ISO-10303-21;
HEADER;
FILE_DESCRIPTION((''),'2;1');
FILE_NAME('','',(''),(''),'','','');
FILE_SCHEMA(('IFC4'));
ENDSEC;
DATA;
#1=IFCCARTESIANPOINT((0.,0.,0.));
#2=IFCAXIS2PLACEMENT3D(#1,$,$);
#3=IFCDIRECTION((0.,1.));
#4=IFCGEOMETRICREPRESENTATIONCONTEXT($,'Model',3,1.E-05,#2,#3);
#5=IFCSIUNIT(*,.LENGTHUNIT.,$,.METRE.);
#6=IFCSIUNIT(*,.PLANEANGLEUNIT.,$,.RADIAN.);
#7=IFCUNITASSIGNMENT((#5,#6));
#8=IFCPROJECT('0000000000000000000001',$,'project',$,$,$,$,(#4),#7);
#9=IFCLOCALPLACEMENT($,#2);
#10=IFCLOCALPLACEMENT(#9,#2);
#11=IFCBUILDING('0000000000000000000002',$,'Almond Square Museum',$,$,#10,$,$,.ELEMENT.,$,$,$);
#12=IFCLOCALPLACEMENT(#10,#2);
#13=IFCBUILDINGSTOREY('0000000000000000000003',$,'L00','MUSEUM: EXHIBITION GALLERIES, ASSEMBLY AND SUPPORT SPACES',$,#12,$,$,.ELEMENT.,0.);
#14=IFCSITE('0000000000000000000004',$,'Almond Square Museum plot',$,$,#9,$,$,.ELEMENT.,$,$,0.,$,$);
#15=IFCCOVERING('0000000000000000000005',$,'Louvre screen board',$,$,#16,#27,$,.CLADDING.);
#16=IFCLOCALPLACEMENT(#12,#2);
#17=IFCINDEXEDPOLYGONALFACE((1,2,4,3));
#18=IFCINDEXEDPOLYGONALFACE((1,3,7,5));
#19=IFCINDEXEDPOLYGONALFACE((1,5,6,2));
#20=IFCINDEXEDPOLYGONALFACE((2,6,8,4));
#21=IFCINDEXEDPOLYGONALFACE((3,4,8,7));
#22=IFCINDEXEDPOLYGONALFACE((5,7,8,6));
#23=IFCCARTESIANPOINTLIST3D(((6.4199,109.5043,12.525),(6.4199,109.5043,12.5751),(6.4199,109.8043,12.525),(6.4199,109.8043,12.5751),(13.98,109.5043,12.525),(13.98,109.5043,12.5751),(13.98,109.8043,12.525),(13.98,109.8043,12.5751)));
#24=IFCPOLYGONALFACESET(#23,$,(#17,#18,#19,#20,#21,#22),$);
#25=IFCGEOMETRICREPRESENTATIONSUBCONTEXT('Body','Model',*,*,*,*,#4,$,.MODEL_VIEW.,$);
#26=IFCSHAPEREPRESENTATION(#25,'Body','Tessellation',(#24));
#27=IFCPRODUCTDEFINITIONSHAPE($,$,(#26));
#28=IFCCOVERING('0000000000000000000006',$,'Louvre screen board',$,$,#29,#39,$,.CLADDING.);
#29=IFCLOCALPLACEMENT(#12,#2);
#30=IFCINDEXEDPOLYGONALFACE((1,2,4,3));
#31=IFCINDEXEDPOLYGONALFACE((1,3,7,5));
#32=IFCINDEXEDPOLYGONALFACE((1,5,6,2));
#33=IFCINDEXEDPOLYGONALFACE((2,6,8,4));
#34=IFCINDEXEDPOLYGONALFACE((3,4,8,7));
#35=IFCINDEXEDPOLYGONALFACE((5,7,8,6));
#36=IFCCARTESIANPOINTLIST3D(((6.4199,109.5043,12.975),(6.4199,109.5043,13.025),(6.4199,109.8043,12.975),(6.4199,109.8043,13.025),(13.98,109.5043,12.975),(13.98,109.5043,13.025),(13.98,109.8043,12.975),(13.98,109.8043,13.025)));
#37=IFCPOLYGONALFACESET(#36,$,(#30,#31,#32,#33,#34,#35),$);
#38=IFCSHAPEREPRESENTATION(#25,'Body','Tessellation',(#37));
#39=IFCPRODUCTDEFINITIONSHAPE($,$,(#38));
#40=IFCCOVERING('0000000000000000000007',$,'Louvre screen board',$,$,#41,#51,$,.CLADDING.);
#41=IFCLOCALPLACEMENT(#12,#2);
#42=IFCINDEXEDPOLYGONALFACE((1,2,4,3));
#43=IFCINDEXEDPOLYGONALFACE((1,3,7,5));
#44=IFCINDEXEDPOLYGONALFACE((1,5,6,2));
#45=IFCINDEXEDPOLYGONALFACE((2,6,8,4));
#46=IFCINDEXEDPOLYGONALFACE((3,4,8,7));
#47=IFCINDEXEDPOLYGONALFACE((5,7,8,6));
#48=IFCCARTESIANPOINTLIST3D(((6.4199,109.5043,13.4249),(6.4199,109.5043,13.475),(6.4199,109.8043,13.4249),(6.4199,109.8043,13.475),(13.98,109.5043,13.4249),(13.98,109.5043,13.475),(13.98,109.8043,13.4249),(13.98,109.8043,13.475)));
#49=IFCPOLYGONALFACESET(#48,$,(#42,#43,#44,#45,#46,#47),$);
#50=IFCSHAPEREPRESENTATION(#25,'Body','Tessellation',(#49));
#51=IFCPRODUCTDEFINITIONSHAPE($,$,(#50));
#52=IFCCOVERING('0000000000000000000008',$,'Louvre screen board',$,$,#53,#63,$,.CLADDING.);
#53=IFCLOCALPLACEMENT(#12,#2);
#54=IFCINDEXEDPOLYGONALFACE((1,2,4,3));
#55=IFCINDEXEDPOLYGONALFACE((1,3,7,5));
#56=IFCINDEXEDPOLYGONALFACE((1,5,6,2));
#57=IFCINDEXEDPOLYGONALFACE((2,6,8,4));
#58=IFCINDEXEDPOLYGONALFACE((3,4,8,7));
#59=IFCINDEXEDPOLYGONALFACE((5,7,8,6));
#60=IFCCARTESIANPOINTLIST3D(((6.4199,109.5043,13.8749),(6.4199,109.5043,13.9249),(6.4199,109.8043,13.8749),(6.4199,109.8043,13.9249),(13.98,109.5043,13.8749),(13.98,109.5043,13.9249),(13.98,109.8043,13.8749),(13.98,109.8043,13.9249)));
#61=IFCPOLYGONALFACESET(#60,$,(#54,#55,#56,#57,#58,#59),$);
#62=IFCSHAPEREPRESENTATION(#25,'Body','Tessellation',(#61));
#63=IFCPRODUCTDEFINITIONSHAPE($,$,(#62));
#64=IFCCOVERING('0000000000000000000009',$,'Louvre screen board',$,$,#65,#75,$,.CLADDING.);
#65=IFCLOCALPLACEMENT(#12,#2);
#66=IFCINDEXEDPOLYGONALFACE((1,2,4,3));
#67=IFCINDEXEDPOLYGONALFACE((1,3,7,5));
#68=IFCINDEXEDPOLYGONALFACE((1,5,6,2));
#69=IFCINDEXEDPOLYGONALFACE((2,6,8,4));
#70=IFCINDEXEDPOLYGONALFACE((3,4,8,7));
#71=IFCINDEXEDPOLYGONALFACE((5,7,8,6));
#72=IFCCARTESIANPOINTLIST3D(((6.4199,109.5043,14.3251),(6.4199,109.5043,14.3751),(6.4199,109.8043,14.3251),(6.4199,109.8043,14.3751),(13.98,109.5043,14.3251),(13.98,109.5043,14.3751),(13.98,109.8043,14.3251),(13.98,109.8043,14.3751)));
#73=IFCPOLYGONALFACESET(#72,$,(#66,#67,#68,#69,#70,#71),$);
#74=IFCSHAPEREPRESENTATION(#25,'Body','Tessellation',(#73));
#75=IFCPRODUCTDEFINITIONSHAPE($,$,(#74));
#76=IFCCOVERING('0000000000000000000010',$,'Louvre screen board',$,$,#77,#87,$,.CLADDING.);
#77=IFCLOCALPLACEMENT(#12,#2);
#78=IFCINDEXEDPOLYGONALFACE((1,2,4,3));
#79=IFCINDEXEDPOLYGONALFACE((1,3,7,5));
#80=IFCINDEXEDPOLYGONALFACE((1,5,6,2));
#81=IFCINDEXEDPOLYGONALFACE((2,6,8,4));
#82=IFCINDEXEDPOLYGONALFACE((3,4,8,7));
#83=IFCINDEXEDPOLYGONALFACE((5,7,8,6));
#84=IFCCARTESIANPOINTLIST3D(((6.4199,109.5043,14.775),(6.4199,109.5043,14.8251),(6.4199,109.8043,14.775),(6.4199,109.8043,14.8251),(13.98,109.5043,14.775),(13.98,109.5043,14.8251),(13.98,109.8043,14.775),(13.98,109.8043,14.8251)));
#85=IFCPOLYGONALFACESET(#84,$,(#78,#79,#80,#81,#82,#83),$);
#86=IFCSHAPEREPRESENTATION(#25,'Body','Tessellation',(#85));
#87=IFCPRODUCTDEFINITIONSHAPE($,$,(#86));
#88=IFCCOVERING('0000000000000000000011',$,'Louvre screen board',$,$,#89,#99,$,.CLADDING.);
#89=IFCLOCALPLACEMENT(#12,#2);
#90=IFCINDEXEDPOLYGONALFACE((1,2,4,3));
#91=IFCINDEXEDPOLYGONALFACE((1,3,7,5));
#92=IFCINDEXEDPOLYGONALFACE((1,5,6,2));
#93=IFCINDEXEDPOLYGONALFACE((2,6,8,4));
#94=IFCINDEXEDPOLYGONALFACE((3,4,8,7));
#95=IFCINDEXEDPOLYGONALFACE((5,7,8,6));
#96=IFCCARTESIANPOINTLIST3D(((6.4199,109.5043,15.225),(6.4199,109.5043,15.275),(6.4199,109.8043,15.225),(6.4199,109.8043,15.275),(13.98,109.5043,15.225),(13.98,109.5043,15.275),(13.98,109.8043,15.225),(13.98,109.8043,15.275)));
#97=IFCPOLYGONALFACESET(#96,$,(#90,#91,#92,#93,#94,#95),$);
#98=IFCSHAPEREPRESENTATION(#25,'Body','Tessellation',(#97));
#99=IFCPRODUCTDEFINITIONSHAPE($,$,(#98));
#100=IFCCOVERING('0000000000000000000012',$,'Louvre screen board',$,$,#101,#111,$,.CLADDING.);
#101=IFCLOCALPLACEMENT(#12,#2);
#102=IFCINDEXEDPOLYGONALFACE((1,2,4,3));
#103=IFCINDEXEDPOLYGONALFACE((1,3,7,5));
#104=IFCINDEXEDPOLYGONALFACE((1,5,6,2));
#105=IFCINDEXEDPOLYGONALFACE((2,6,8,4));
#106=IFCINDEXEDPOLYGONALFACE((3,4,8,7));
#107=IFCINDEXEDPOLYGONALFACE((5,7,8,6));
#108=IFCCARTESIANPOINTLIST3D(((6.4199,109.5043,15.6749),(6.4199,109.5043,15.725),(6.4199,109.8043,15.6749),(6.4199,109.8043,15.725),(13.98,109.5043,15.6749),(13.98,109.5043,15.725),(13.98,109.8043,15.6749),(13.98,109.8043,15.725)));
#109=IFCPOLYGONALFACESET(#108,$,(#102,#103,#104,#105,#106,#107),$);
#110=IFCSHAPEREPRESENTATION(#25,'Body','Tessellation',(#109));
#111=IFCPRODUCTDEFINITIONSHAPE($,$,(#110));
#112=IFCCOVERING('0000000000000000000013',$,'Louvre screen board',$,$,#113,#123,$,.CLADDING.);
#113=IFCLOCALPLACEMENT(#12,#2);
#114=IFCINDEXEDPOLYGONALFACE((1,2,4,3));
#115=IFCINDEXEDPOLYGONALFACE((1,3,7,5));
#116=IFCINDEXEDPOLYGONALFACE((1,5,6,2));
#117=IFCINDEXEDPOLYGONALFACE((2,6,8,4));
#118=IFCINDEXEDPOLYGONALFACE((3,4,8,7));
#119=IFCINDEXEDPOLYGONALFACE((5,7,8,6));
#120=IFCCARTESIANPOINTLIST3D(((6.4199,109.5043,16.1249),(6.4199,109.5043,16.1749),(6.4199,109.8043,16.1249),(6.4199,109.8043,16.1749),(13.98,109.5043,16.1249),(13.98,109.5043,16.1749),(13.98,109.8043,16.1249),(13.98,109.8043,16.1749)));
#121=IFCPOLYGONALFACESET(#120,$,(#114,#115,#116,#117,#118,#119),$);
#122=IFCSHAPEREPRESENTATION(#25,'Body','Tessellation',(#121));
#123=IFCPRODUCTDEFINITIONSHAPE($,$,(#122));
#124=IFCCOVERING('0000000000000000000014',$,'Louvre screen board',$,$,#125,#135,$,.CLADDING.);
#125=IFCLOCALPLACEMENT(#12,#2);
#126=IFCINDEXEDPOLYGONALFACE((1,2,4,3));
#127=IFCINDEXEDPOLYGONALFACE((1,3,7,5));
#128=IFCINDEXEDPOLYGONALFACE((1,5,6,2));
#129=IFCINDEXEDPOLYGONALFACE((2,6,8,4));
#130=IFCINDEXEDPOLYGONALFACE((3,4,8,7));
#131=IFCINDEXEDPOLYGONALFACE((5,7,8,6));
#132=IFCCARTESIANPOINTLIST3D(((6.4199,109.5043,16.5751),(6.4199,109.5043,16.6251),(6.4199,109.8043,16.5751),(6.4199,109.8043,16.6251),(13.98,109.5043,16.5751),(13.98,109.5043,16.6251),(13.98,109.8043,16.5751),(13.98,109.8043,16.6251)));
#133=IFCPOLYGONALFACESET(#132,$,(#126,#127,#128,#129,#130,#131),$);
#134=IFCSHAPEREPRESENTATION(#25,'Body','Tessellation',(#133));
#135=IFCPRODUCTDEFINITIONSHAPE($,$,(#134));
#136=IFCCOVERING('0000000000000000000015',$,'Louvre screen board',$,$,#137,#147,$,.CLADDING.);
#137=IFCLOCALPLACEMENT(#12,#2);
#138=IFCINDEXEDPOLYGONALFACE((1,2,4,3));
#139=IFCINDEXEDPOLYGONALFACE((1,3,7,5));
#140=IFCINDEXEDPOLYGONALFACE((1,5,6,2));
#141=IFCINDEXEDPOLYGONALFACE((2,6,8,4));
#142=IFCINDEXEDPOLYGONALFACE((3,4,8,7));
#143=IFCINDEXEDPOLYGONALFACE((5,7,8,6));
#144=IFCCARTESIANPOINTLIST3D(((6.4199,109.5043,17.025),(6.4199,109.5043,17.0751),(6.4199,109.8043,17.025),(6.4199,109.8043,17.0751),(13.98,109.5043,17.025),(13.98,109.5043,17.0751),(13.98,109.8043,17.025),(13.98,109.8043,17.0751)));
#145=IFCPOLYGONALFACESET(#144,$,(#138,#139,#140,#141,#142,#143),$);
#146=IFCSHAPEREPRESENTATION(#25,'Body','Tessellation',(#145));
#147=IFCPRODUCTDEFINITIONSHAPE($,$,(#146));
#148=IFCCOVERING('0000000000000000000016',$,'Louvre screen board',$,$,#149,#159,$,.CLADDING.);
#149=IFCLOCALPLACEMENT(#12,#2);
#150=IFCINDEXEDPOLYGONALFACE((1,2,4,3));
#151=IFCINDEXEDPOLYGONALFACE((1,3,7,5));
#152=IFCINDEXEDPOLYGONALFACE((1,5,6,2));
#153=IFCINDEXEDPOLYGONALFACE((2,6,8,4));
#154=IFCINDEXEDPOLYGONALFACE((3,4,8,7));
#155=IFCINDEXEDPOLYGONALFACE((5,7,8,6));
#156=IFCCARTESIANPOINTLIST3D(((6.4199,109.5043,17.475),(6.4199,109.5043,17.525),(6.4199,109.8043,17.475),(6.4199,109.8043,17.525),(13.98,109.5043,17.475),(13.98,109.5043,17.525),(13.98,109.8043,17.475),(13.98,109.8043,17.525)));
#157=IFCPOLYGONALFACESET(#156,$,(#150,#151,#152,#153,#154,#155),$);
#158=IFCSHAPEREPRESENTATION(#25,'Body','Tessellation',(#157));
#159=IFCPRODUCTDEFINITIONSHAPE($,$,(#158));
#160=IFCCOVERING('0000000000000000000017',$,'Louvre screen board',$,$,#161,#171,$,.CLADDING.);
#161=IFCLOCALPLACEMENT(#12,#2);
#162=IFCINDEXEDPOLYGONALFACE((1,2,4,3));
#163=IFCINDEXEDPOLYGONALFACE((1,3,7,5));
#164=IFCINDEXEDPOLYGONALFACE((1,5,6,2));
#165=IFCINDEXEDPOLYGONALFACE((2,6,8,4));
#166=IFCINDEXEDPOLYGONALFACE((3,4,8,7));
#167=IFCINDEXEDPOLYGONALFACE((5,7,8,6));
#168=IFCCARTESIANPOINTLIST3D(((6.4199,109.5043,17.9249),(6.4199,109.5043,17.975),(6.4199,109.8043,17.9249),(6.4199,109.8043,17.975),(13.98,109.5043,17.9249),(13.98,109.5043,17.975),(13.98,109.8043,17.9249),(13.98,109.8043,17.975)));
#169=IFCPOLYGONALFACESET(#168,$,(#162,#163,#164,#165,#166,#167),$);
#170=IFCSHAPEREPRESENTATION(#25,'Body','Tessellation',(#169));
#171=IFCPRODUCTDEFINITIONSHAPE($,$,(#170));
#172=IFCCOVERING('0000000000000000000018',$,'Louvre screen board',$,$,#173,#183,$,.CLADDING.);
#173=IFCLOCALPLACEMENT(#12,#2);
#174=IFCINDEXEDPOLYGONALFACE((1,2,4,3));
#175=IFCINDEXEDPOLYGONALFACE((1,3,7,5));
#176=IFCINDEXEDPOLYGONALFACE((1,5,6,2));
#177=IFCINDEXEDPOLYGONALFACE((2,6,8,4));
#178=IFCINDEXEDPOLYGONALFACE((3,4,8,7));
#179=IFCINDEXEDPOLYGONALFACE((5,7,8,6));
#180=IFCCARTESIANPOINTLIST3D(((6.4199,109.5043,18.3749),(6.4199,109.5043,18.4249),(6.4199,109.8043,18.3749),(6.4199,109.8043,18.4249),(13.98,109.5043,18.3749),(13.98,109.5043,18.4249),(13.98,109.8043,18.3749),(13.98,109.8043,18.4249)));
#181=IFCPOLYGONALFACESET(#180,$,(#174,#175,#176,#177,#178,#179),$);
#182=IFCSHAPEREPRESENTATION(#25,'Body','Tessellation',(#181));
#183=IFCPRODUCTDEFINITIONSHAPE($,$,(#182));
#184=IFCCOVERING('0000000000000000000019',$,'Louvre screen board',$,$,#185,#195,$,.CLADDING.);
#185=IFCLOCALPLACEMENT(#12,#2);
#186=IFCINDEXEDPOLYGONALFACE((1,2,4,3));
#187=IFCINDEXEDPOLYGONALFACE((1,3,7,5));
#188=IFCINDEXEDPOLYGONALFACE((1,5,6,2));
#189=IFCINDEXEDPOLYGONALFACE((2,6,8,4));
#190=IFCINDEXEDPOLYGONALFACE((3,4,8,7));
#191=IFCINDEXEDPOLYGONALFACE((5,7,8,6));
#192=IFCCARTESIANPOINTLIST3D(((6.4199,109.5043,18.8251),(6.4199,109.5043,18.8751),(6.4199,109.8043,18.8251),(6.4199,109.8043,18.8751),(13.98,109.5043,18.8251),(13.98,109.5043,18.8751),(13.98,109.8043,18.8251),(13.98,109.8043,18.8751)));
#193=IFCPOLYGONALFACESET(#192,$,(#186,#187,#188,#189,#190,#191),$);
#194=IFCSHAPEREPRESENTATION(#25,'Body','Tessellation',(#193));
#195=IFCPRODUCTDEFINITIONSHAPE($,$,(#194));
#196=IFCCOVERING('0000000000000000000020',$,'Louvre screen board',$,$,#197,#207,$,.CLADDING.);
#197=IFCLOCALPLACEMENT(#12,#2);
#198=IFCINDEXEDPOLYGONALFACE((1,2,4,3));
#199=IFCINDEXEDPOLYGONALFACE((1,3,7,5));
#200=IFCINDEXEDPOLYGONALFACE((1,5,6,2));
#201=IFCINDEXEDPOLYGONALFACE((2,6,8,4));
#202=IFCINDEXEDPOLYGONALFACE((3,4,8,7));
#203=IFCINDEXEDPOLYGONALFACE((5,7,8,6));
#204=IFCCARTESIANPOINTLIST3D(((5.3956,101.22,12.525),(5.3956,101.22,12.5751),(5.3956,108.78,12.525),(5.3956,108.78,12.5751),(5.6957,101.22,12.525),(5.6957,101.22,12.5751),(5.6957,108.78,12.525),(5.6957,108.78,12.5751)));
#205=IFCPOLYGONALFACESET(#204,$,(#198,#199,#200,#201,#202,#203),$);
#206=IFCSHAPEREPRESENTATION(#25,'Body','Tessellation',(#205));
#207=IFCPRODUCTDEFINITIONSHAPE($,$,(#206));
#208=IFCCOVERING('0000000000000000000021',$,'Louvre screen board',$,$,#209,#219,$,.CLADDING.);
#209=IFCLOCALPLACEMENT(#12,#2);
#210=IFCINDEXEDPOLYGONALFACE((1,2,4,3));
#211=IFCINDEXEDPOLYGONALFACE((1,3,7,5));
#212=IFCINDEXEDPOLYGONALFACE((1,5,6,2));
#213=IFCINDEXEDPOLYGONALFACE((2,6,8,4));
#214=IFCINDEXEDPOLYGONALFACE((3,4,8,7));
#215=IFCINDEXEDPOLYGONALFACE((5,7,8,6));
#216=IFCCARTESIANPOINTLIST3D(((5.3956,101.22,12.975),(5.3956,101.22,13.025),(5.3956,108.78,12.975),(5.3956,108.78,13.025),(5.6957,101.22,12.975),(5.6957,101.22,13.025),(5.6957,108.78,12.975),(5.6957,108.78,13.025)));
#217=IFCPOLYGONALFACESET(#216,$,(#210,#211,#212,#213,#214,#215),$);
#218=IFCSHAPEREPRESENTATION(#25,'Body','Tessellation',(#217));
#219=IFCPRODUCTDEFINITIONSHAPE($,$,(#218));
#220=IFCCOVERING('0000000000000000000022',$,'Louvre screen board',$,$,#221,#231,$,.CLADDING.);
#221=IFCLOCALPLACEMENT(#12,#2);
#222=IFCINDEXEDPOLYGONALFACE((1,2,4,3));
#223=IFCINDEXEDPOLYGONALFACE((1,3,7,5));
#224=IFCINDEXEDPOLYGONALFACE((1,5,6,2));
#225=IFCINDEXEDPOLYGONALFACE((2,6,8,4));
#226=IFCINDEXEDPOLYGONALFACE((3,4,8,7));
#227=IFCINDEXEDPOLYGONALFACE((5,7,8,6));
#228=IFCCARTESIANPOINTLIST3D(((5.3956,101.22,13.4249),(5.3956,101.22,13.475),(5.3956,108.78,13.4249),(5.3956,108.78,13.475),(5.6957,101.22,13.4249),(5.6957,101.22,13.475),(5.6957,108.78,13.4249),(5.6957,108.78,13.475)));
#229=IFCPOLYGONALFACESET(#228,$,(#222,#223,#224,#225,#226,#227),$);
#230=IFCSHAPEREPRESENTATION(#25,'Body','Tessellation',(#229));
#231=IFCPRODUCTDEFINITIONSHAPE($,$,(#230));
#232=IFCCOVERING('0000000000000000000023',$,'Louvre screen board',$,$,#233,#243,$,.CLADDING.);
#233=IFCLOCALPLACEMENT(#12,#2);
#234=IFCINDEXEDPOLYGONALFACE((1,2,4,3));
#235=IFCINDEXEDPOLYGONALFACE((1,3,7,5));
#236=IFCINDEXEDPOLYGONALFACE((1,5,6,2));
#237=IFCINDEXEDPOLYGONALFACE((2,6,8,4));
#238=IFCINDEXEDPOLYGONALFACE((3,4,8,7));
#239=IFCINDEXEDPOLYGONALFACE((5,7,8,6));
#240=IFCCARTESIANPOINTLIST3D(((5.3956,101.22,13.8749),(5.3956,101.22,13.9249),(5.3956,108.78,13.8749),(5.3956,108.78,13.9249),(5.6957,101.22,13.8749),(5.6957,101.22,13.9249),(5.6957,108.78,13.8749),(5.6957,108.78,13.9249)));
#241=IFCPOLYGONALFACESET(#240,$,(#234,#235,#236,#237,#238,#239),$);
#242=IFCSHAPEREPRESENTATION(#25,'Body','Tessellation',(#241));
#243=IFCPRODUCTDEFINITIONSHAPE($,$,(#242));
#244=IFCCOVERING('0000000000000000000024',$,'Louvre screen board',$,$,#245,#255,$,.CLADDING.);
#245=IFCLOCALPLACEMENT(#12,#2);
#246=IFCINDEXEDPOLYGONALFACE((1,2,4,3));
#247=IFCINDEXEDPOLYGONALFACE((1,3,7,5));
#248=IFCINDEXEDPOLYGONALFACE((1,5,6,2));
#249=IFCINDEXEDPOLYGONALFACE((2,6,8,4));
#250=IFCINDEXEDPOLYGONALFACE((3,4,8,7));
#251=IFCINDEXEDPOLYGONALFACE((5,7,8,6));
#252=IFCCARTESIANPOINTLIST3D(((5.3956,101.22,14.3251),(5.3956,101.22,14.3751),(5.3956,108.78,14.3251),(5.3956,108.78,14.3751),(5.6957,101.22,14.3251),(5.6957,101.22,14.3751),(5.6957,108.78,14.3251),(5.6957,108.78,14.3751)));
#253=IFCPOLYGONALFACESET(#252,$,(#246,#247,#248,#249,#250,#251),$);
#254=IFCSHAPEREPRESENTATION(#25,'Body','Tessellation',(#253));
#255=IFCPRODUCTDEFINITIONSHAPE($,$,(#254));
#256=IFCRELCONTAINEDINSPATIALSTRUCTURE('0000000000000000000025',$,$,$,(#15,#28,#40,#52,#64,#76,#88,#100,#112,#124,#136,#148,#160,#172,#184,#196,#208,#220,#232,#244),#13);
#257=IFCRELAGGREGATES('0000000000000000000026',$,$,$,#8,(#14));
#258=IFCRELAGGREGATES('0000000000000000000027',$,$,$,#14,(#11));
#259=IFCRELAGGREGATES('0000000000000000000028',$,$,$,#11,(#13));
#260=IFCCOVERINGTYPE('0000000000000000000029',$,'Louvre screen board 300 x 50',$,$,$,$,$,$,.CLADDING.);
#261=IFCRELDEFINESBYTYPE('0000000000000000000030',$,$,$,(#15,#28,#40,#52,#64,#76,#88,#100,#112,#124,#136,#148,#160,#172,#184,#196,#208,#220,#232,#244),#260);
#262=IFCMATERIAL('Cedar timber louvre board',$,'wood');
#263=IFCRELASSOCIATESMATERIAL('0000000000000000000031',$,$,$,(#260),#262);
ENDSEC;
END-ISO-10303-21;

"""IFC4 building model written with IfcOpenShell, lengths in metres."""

from ifc_helpers import new_model, si_unit, direction, frame, origin, origin_2d, place, context, subcontext, project, spatial, rectangle, extrude, material, material_profile, profile_set, type_object, element, save


model = new_model("IFC4")

# Units and contexts
model_context = context("Model", 3, precision=1e-05, world=origin(), true_north=direction((0.0, 1.0)))
body_context = subcontext(model_context, "Body", "Model", "MODEL_VIEW")
ifc_project = project(units=[si_unit("LENGTHUNIT", "METRE"), si_unit("PLANEANGLEUNIT", "RADIAN")], contexts=[model_context])

# Site, building, storey
site_placement = place(None, origin())
site = spatial("IfcSite", under=ifc_project, at=site_placement, Name="Almond Square Museum plot", CompositionType="ELEMENT", RefElevation=0.0)
building_placement = place(site_placement, origin())
building = spatial("IfcBuilding", under=site, at=building_placement, Name="Almond Square Museum", CompositionType="ELEMENT")
storey_placement = place(building_placement, origin())
storey = spatial("IfcBuildingStorey", under=building, at=storey_placement, Name="L00", Description="MUSEUM: EXHIBITION GALLERIES, ASSEMBLY AND SUPPORT SPACES", CompositionType="ELEMENT", Elevation=0.0)

# Coverings
ifc_material = material(Name="Cedar timber louvre board", Category="wood")
ifc_material_profile = material_profile(ifc_material, rectangle(XDim=0.3, YDim=0.05, at=origin_2d()))
ifc_profile_set = profile_set([ifc_material_profile], Name="Cedar timber louvre board")
covering_type = type_object("IfcCoveringType", Name="Louvre screen board 300 x 50", PredefinedType="CLADDING", material=ifc_profile_set)
for number, where, z_axis, x_axis, name in (
    (1, (6.4199, 109.6543, 12.55), (1.0, 0.0, 0.0), (0.0, 1.0, 0.0), "Louvre screen board"),
    (2, (6.4199, 109.6543, 13.0), (1.0, 0.0, 0.0), (0.0, 1.0, 0.0), "Louvre screen board"),
    (3, (6.4199, 109.6543, 13.45), (1.0, 0.0, 0.0), (0.0, 1.0, 0.0), "Louvre screen board"),
    (4, (6.4199, 109.6543, 13.8999), (1.0, 0.0, 0.0), (0.0, 1.0, 0.0), "Louvre screen board"),
    (5, (6.4199, 109.6543, 14.3501), (1.0, 0.0, 0.0), (0.0, 1.0, 0.0), "Louvre screen board"),
    (6, (6.4199, 109.6543, 14.8), (1.0, 0.0, 0.0), (0.0, 1.0, 0.0), "Louvre screen board"),
    (7, (6.4199, 109.6543, 15.25), (1.0, 0.0, 0.0), (0.0, 1.0, 0.0), "Louvre screen board"),
    (8, (6.4199, 109.6543, 15.7), (1.0, 0.0, 0.0), (0.0, 1.0, 0.0), "Louvre screen board"),
    (9, (6.4199, 109.6543, 16.1499), (1.0, 0.0, 0.0), (0.0, 1.0, 0.0), "Louvre screen board"),
    (10, (6.4199, 109.6543, 16.6001), (1.0, 0.0, 0.0), (0.0, 1.0, 0.0), "Louvre screen board"),
    (11, (6.4199, 109.6543, 17.05), (1.0, 0.0, 0.0), (0.0, 1.0, 0.0), "Louvre screen board"),
    (12, (6.4199, 109.6543, 17.5), (1.0, 0.0, 0.0), (0.0, 1.0, 0.0), "Louvre screen board"),
    (13, (6.4199, 109.6543, 17.95), (1.0, 0.0, 0.0), (0.0, 1.0, 0.0), "Louvre screen board"),
    (14, (6.4199, 109.6543, 18.3999), (1.0, 0.0, 0.0), (0.0, 1.0, 0.0), "Louvre screen board"),
    (15, (6.4199, 109.6543, 18.8501), (1.0, 0.0, 0.0), (0.0, 1.0, 0.0), "Louvre screen board"),
    (16, (5.5457, 101.22, 12.55), (0.0, 1.0, 0.0), (-1.0, 0.0, 0.0), "Louvre screen board"),
    (17, (5.5457, 101.22, 13.0), (0.0, 1.0, 0.0), (-1.0, 0.0, 0.0), "Louvre screen board"),
    (18, (5.5457, 101.22, 13.45), (0.0, 1.0, 0.0), (-1.0, 0.0, 0.0), "Louvre screen board"),
    (19, (5.5457, 101.22, 13.8999), (0.0, 1.0, 0.0), (-1.0, 0.0, 0.0), "Louvre screen board"),
    (20, (5.5457, 101.22, 14.3501), (0.0, 1.0, 0.0), (-1.0, 0.0, 0.0), "Louvre screen board"),
):
    element("IfcCovering", number, at=place(storey_placement, frame(where, z_axis=z_axis, x_axis=x_axis)), inside=storey, type_object=covering_type, Name=name, PredefinedType="CLADDING", context=body_context, shape_type="SweptSolid", body=[
        extrude(rectangle(XDim=0.3, YDim=0.05, at=origin_2d()), origin(), (0.0, 0.0, 1.0), 7.5601),
    ])

save(model, "model.ifc")
